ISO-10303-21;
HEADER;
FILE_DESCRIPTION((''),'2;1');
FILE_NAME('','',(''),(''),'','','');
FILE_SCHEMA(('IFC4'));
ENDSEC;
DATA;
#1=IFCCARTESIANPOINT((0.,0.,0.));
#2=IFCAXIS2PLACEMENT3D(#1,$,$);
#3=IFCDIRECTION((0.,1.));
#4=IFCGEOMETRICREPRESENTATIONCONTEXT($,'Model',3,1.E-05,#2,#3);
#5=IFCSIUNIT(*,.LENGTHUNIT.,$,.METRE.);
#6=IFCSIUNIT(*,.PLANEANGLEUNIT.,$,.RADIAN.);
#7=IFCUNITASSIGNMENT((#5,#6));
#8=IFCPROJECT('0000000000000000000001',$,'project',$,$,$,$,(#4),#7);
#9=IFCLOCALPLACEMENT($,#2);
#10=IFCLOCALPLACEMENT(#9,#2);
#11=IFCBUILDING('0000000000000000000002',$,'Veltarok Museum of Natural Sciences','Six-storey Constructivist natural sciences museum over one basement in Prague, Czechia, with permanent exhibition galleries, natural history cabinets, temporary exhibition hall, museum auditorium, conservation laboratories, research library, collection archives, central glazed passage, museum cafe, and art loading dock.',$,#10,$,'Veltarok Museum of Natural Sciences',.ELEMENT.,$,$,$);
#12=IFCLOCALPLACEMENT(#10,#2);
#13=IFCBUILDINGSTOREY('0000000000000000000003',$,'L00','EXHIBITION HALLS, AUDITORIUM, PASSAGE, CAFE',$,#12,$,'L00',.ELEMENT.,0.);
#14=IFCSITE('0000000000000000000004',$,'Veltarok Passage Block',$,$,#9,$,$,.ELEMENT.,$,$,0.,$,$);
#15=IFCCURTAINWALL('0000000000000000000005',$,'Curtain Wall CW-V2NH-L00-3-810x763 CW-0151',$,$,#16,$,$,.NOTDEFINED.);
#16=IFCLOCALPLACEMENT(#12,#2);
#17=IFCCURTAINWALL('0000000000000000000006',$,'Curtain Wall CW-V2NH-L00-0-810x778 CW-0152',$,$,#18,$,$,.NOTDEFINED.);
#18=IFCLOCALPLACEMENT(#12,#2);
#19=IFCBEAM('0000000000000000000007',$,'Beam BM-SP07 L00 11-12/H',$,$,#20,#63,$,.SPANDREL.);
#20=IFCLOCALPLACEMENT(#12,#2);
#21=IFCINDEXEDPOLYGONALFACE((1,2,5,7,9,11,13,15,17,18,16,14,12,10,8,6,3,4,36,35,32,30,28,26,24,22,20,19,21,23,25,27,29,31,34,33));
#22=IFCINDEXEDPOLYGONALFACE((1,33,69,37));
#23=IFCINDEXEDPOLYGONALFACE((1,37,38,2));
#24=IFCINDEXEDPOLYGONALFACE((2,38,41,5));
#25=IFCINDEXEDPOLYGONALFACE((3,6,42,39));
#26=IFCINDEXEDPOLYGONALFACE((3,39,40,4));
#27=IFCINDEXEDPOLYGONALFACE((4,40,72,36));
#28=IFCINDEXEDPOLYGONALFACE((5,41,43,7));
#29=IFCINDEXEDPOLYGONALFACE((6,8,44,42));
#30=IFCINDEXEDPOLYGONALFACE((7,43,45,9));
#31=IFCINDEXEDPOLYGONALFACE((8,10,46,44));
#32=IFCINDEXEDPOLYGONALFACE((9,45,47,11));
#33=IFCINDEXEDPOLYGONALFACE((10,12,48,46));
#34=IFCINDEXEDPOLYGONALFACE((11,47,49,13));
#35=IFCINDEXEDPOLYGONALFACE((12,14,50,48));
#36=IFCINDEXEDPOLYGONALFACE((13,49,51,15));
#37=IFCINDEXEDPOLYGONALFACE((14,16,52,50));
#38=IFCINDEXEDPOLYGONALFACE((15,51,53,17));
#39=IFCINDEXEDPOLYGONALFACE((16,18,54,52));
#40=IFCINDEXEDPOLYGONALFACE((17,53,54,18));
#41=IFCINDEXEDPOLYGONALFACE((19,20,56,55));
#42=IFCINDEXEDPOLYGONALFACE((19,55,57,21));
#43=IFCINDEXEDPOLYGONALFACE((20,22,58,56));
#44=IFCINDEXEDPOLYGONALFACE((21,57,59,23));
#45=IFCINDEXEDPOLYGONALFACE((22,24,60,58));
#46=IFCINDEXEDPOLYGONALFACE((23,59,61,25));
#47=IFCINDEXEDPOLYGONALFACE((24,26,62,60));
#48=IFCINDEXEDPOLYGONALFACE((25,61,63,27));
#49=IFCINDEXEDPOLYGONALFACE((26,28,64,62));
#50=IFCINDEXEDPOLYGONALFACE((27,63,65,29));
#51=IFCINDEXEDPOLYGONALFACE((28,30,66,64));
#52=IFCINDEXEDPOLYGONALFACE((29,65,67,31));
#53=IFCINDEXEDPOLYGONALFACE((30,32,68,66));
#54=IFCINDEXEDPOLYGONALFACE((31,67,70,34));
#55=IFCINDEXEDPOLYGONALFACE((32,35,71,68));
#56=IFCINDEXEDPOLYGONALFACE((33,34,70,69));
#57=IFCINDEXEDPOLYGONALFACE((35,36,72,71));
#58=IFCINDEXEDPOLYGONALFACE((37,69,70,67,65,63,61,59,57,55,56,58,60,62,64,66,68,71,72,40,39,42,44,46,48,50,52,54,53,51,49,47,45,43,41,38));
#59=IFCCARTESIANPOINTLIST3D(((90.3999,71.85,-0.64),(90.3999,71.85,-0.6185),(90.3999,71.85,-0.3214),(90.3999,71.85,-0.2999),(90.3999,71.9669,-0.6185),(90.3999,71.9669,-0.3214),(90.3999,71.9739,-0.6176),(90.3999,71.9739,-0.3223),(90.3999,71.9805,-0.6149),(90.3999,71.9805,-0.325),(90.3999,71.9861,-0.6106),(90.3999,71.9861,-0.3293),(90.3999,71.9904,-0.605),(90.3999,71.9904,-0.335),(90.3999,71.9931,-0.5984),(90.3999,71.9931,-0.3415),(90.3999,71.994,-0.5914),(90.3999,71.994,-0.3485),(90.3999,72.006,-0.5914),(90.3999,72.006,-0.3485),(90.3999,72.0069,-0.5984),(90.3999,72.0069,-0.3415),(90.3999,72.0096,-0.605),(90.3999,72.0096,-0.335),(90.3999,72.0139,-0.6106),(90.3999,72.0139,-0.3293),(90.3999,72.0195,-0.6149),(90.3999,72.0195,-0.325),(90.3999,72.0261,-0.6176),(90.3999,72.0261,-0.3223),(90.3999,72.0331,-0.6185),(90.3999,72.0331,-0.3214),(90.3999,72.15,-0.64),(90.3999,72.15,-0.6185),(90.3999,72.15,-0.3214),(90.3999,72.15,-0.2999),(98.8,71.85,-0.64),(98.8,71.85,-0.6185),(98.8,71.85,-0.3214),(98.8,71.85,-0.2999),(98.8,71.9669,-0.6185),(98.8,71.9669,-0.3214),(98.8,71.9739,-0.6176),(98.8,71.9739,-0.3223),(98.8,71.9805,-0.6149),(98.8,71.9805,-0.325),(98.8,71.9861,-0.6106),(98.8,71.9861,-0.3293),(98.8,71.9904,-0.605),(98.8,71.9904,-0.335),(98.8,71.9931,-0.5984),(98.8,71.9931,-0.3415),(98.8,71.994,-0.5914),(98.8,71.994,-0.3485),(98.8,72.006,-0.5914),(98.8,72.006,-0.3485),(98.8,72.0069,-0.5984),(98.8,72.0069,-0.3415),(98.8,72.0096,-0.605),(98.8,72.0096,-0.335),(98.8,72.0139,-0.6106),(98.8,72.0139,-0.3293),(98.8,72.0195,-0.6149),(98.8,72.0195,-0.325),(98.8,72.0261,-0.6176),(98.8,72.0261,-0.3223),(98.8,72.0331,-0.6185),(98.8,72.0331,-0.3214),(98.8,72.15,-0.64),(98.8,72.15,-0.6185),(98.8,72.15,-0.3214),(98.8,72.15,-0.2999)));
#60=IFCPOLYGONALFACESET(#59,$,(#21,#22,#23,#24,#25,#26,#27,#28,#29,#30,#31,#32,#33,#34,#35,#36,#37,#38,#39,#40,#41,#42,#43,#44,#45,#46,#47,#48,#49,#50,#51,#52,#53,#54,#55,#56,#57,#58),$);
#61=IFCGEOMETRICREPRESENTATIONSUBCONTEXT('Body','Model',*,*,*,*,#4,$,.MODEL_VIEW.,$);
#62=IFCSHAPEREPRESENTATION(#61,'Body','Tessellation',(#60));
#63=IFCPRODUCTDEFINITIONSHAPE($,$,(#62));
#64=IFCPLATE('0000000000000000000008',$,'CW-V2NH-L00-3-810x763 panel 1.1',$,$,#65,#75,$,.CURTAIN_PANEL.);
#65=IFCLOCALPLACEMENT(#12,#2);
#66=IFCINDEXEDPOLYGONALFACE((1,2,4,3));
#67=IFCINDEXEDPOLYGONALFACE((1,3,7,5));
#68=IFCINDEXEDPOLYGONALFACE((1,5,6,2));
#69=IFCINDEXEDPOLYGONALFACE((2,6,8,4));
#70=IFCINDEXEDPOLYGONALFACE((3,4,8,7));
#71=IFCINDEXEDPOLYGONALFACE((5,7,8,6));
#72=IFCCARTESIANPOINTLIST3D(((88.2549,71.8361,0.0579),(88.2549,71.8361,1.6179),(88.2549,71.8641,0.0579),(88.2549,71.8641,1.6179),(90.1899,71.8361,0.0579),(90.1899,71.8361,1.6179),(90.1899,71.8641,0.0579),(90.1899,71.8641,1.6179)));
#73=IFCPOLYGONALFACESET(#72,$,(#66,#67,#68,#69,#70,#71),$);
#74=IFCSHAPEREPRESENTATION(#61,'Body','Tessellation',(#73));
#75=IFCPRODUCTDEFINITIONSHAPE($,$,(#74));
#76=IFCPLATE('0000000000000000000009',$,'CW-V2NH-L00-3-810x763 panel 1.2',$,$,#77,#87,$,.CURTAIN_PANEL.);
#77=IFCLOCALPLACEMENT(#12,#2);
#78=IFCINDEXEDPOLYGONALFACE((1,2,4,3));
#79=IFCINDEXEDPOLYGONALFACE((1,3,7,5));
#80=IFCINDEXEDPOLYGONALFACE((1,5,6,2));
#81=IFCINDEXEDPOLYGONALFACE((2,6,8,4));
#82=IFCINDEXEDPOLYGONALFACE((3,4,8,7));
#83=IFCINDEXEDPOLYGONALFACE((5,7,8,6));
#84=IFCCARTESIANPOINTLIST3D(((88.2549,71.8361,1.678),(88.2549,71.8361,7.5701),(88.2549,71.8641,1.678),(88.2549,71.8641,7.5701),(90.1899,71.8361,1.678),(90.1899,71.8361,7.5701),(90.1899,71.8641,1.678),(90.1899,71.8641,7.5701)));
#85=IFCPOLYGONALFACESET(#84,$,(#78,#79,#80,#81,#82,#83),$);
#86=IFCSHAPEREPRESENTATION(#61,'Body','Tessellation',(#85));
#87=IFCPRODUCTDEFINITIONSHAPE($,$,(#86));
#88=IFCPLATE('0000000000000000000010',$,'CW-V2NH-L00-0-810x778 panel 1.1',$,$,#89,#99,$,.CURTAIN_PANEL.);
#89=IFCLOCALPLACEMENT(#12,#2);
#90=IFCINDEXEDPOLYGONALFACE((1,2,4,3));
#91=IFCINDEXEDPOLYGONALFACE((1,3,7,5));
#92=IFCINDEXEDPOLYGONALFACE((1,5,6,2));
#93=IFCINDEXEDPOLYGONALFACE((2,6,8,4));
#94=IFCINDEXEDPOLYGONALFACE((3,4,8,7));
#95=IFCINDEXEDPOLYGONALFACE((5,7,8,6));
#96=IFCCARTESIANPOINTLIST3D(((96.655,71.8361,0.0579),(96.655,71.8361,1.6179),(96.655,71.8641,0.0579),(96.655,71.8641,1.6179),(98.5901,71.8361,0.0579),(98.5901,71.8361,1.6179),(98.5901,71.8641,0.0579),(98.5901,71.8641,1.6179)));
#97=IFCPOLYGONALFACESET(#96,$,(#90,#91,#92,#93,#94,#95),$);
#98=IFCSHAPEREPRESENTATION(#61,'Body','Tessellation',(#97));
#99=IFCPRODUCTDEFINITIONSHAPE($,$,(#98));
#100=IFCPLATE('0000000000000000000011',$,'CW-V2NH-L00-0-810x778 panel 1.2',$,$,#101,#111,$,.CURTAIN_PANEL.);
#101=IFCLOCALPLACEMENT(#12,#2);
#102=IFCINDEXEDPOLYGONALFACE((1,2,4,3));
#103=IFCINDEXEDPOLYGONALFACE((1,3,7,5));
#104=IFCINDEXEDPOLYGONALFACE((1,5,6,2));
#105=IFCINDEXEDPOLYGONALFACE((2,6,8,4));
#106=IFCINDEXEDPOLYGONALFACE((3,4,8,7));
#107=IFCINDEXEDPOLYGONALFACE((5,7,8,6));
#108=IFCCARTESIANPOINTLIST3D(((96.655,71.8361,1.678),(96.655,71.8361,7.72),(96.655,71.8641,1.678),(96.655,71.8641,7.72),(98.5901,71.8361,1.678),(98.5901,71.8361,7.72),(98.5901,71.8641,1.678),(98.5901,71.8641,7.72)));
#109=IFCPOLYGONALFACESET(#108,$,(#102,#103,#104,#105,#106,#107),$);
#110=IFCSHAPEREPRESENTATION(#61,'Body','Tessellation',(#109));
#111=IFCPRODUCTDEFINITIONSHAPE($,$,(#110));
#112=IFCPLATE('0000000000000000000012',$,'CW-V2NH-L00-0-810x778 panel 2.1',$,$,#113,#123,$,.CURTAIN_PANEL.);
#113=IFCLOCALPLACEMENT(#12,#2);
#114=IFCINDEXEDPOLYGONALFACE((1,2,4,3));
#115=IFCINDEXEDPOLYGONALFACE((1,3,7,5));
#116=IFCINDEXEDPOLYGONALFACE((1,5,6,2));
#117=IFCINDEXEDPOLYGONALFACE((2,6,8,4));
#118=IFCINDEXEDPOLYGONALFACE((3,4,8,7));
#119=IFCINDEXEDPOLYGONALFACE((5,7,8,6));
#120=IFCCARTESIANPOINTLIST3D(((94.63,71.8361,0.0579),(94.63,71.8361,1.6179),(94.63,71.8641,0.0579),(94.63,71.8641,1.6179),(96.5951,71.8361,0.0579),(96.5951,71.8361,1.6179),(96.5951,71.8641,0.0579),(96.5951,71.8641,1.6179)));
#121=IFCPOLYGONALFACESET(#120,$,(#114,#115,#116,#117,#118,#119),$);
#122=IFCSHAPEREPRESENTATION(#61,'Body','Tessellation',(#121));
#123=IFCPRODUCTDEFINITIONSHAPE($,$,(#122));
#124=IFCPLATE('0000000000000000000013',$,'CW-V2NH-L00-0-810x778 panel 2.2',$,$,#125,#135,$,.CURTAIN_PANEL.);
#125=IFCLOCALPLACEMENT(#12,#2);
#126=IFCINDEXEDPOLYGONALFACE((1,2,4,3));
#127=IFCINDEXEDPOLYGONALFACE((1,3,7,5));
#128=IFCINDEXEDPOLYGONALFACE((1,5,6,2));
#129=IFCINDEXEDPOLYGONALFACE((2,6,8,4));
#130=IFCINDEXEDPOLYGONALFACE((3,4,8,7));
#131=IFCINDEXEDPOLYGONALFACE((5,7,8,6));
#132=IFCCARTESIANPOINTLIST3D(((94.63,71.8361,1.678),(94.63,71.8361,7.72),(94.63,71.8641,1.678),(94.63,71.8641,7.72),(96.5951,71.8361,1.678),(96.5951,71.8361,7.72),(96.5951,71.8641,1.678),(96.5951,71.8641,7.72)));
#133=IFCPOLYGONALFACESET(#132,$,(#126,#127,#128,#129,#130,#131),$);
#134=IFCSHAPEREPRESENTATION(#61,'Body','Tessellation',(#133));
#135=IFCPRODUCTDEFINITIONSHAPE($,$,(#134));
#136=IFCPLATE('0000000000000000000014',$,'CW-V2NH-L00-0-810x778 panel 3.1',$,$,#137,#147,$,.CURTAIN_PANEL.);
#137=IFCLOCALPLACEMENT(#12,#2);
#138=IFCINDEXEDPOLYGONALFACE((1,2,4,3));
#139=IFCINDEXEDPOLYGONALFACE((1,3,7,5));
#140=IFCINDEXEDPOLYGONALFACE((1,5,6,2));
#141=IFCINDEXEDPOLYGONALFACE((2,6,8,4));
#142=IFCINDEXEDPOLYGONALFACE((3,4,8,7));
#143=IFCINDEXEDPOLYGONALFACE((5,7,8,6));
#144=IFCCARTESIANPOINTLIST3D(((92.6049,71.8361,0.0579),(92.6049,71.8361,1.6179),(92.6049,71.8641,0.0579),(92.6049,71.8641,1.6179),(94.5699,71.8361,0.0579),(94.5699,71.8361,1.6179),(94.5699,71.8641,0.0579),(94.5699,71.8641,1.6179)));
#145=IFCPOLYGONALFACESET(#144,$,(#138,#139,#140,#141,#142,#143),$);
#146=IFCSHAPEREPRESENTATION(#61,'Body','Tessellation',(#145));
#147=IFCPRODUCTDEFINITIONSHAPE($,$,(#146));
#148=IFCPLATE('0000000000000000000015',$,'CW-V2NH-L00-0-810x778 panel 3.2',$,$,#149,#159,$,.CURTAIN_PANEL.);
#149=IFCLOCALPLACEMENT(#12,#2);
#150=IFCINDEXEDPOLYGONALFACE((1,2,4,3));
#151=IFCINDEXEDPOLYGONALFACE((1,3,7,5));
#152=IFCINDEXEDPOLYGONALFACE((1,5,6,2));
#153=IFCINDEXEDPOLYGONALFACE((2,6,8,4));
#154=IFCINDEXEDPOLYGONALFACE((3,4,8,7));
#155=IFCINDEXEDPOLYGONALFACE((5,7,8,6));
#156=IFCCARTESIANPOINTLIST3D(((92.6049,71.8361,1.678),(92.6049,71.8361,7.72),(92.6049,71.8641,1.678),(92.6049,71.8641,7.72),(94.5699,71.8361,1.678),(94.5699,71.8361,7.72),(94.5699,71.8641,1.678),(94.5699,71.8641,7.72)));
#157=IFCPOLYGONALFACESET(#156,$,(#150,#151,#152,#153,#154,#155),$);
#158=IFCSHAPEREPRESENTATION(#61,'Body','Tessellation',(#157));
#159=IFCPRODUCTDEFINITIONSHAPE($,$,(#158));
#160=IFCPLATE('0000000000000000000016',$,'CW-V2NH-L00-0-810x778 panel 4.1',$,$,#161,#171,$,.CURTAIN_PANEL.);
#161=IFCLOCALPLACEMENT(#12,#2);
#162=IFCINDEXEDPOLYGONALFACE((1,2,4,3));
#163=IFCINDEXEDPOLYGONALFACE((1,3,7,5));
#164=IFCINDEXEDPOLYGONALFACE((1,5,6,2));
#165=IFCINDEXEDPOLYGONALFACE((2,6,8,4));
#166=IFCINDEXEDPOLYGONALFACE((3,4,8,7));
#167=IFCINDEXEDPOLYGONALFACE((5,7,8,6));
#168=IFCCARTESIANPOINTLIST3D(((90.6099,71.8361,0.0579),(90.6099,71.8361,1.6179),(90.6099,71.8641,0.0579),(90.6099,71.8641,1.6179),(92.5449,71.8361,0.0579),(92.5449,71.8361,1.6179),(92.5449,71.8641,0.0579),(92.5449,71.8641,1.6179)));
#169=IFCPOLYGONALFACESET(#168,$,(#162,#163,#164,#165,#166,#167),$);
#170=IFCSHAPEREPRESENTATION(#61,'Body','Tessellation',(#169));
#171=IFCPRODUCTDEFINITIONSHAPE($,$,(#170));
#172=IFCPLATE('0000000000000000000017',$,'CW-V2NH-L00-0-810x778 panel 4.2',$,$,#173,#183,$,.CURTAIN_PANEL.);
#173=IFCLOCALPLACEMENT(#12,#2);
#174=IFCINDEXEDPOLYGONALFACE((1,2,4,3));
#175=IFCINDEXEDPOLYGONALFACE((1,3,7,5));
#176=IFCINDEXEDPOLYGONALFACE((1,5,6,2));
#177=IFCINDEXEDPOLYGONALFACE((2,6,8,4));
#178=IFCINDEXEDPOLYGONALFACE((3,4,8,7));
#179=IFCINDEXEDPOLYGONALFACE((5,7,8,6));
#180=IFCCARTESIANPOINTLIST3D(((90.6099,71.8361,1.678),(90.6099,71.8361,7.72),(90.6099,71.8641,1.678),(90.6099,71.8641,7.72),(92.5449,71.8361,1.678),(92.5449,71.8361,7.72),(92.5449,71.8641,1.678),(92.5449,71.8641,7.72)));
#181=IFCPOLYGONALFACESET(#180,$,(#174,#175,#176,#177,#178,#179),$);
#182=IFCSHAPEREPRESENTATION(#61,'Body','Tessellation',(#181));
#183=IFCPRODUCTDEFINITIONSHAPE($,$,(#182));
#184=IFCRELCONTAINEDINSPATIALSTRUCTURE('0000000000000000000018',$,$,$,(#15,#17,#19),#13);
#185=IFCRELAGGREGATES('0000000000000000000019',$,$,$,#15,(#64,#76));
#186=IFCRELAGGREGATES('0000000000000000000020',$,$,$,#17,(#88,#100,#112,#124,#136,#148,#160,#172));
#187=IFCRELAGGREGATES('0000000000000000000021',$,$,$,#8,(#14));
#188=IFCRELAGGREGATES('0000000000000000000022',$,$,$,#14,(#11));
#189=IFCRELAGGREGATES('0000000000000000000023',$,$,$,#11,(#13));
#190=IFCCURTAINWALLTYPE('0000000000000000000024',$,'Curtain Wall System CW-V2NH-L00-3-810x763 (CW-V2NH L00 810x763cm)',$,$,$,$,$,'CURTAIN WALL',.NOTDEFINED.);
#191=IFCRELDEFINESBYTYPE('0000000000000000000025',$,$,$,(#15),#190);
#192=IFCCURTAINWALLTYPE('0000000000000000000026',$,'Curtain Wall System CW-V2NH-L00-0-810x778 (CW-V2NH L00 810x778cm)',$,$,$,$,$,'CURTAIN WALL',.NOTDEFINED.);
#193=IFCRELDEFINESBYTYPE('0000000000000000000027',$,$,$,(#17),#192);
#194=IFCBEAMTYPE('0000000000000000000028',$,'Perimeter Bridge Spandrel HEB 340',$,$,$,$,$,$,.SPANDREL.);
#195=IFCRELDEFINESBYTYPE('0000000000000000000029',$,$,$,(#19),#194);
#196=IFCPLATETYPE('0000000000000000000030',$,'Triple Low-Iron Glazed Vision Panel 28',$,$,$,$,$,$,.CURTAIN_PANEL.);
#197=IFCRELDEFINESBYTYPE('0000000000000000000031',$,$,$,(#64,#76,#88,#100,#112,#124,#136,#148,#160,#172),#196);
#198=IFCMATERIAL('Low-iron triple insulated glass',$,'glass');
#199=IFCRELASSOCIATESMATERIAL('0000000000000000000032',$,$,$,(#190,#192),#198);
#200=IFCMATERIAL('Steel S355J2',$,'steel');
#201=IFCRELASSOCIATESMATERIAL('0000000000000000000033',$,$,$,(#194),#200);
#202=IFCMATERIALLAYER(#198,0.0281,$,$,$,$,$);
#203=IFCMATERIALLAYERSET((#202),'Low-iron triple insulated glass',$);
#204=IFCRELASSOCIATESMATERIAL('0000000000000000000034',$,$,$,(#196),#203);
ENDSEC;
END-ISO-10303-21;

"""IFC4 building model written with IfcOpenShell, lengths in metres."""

from ifc_helpers import new_model, si_unit, direction, frame, origin, origin_2d, place, context, subcontext, project, spatial, rectangle, i_section, extrude, material, layer, layer_set, material_profile, profile_set, type_object, element, aggregate, save


model = new_model("IFC4")

# Units and contexts
model_context = context("Model", 3, precision=1e-05, world=origin(), true_north=direction((0.0, 1.0)))
body_context = subcontext(model_context, "Body", "Model", "MODEL_VIEW")
ifc_project = project(units=[si_unit("LENGTHUNIT", "METRE"), si_unit("PLANEANGLEUNIT", "RADIAN")], contexts=[model_context])

# Site, building, storey
site_placement = place(None, origin())
site = spatial("IfcSite", under=ifc_project, at=site_placement, Name="Veltarok Passage Block", CompositionType="ELEMENT", RefElevation=0.0)
building_placement = place(site_placement, origin())
building = spatial("IfcBuilding", under=site, at=building_placement, Name="Veltarok Museum of Natural Sciences", Description="Six-storey Constructivist natural sciences museum over one basement in Prague, Czechia, with permanent exhibition galleries, natural history cabinets, temporary exhibition hall, museum auditorium, conservation laboratories, research library, collection archives, central glazed passage, museum cafe, and art loading dock.", LongName="Veltarok Museum of Natural Sciences", CompositionType="ELEMENT")
storey_placement = place(building_placement, origin())
storey = spatial("IfcBuildingStorey", under=building, at=storey_placement, Name="L00", Description="EXHIBITION HALLS, AUDITORIUM, PASSAGE, CAFE", LongName="L00", CompositionType="ELEMENT", Elevation=0.0)

# Shared definitions
ifc_material_1 = material(Name="Steel S355J2", Category="steel")

# Curtain walls
ifc_material_2 = material(Name="Low-iron triple insulated glass", Category="glass")
curtain_wall_type_1 = type_object("IfcCurtainWallType", Name="Curtain Wall System CW-V2NH-L00-3-810x763 (CW-V2NH L00 810x763cm)", ElementType="CURTAIN WALL", PredefinedType="NOTDEFINED", material=ifc_material_2)
curtain_wall_1_placement = place(storey_placement, origin())
curtain_wall_1 = element("IfcCurtainWall", 1, at=curtain_wall_1_placement, inside=storey, type_object=curtain_wall_type_1, Name="Curtain Wall CW-V2NH-L00-3-810x763 CW-0151", PredefinedType="NOTDEFINED")
curtain_wall_type_2 = type_object("IfcCurtainWallType", Name="Curtain Wall System CW-V2NH-L00-0-810x778 (CW-V2NH L00 810x778cm)", ElementType="CURTAIN WALL", PredefinedType="NOTDEFINED", material=ifc_material_2)
curtain_wall_2_placement = place(storey_placement, origin())
curtain_wall_2 = element("IfcCurtainWall", 2, at=curtain_wall_2_placement, inside=storey, type_object=curtain_wall_type_2, Name="Curtain Wall CW-V2NH-L00-0-810x778 CW-0152", PredefinedType="NOTDEFINED")

# Beam
ifc_material_profile_1 = material_profile(ifc_material_1, i_section(OverallWidth=0.3, OverallDepth=0.3401, WebThickness=0.012, FlangeThickness=0.0215, FilletRadius=0.0271, at=origin_2d()), Name="HEB 340")
ifc_profile_set_1 = profile_set([ifc_material_profile_1], Name="Steel S355J2")
beam_type_1 = type_object("IfcBeamType", Name="Perimeter Bridge Spandrel HEB 340", PredefinedType="SPANDREL", material=ifc_profile_set_1)
beam_1_placement = place(storey_placement, frame((90.3999, 72.0, -0.47), z_axis=(1.0, 0.0, 0.0), x_axis=(0.0, 1.0, 0.0)))
element("IfcBeam", 3, at=beam_1_placement, inside=storey, type_object=beam_type_1, Name="Beam BM-SP07 L00 11-12/H", PredefinedType="SPANDREL", context=body_context, shape_type="SweptSolid", body=[
    extrude(i_section(OverallWidth=0.3, OverallDepth=0.3401, WebThickness=0.012, FlangeThickness=0.0215, FilletRadius=0.0271, at=origin_2d()), origin(), (0.0, 0.0, 1.0), 8.4001),
])

# Plates
ifc_layer = layer(ifc_material_2, 0.0281)
ifc_layer_set = layer_set([ifc_layer], Name="Low-iron triple insulated glass")
plate_type = type_object("IfcPlateType", Name="Triple Low-Iron Glazed Vision Panel 28", PredefinedType="CURTAIN_PANEL", material=ifc_layer_set)
plate_1_placement = place(storey_placement, frame((89.2224, 71.8501, 0.0579), z_axis=(0.0, 0.0, 1.0), x_axis=(-1.0, 0.0, 0.0)))
plate_1 = element("IfcPlate", 4, at=plate_1_placement, type_object=plate_type, Name="CW-V2NH-L00-3-810x763 panel 1.1", PredefinedType="CURTAIN_PANEL", context=body_context, shape_type="SweptSolid", body=[
    extrude(rectangle(XDim=1.9351, YDim=0.0281, at=origin_2d()), origin(), (0.0, 0.0, 1.0), 1.5601),
])
plate_2_placement = place(storey_placement, frame((89.2224, 71.8501, 1.678), z_axis=(0.0, 0.0, 1.0), x_axis=(-1.0, 0.0, 0.0)))
plate_2 = element("IfcPlate", 5, at=plate_2_placement, type_object=plate_type, Name="CW-V2NH-L00-3-810x763 panel 1.2", PredefinedType="CURTAIN_PANEL", context=body_context, shape_type="SweptSolid", body=[
    extrude(rectangle(XDim=1.9351, YDim=0.0281, at=origin_2d()), origin(), (0.0, 0.0, 1.0), 5.8921),
])
aggregate(curtain_wall_1, [plate_1, plate_2])
plate_3_placement = place(storey_placement, frame((97.6226, 71.8501, 0.0579), z_axis=(0.0, 0.0, 1.0), x_axis=(-1.0, 0.0, 0.0)))
plate_3 = element("IfcPlate", 6, at=plate_3_placement, type_object=plate_type, Name="CW-V2NH-L00-0-810x778 panel 1.1", PredefinedType="CURTAIN_PANEL", context=body_context, shape_type="SweptSolid", body=[
    extrude(rectangle(XDim=1.9351, YDim=0.0281, at=origin_2d()), origin(), (0.0, 0.0, 1.0), 1.5601),
])
plate_4_placement = place(storey_placement, frame((97.6226, 71.8501, 1.678), z_axis=(0.0, 0.0, 1.0), x_axis=(-1.0, 0.0, 0.0)))
plate_4 = element("IfcPlate", 7, at=plate_4_placement, type_object=plate_type, Name="CW-V2NH-L00-0-810x778 panel 1.2", PredefinedType="CURTAIN_PANEL", context=body_context, shape_type="SweptSolid", body=[
    extrude(rectangle(XDim=1.9351, YDim=0.0281, at=origin_2d()), origin(), (0.0, 0.0, 1.0), 6.042),
])
plate_5_placement = place(storey_placement, frame((95.6125, 71.8501, 0.0579), z_axis=(0.0, 0.0, 1.0), x_axis=(-1.0, 0.0, 0.0)))
plate_5 = element("IfcPlate", 8, at=plate_5_placement, type_object=plate_type, Name="CW-V2NH-L00-0-810x778 panel 2.1", PredefinedType="CURTAIN_PANEL", context=body_context, shape_type="SweptSolid", body=[
    extrude(rectangle(XDim=1.9651, YDim=0.0281, at=origin_2d()), origin(), (0.0, 0.0, 1.0), 1.5601),
])
plate_6_placement = place(storey_placement, frame((95.6125, 71.8501, 1.678), z_axis=(0.0, 0.0, 1.0), x_axis=(-1.0, 0.0, 0.0)))
plate_6 = element("IfcPlate", 9, at=plate_6_placement, type_object=plate_type, Name="CW-V2NH-L00-0-810x778 panel 2.2", PredefinedType="CURTAIN_PANEL", context=body_context, shape_type="SweptSolid", body=[
    extrude(rectangle(XDim=1.9651, YDim=0.0281, at=origin_2d()), origin(), (0.0, 0.0, 1.0), 6.042),
])
plate_7_placement = place(storey_placement, frame((93.5874, 71.8501, 0.0579), z_axis=(0.0, 0.0, 1.0), x_axis=(-1.0, 0.0, 0.0)))
plate_7 = element("IfcPlate", 10, at=plate_7_placement, type_object=plate_type, Name="CW-V2NH-L00-0-810x778 panel 3.1", PredefinedType="CURTAIN_PANEL", context=body_context, shape_type="SweptSolid", body=[
    extrude(rectangle(XDim=1.9651, YDim=0.0281, at=origin_2d()), origin(), (0.0, 0.0, 1.0), 1.5601),
])
plate_8_placement = place(storey_placement, frame((93.5874, 71.8501, 1.678), z_axis=(0.0, 0.0, 1.0), x_axis=(-1.0, 0.0, 0.0)))
plate_8 = element("IfcPlate", 11, at=plate_8_placement, type_object=plate_type, Name="CW-V2NH-L00-0-810x778 panel 3.2", PredefinedType="CURTAIN_PANEL", context=body_context, shape_type="SweptSolid", body=[
    extrude(rectangle(XDim=1.9651, YDim=0.0281, at=origin_2d()), origin(), (0.0, 0.0, 1.0), 6.042),
])
plate_9_placement = place(storey_placement, frame((91.5774, 71.8501, 0.0579), z_axis=(0.0, 0.0, 1.0), x_axis=(-1.0, 0.0, 0.0)))
plate_9 = element("IfcPlate", 12, at=plate_9_placement, type_object=plate_type, Name="CW-V2NH-L00-0-810x778 panel 4.1", PredefinedType="CURTAIN_PANEL", context=body_context, shape_type="SweptSolid", body=[
    extrude(rectangle(XDim=1.9351, YDim=0.0281, at=origin_2d()), origin(), (0.0, 0.0, 1.0), 1.5601),
])
plate_10_placement = place(storey_placement, frame((91.5774, 71.8501, 1.678), z_axis=(0.0, 0.0, 1.0), x_axis=(-1.0, 0.0, 0.0)))
plate_10 = element("IfcPlate", 13, at=plate_10_placement, type_object=plate_type, Name="CW-V2NH-L00-0-810x778 panel 4.2", PredefinedType="CURTAIN_PANEL", context=body_context, shape_type="SweptSolid", body=[
    extrude(rectangle(XDim=1.9351, YDim=0.0281, at=origin_2d()), origin(), (0.0, 0.0, 1.0), 6.042),
])
aggregate(curtain_wall_2, [plate_3, plate_4, plate_5, plate_6, plate_7, plate_8, plate_9, plate_10])

save(model, "model.ifc")
